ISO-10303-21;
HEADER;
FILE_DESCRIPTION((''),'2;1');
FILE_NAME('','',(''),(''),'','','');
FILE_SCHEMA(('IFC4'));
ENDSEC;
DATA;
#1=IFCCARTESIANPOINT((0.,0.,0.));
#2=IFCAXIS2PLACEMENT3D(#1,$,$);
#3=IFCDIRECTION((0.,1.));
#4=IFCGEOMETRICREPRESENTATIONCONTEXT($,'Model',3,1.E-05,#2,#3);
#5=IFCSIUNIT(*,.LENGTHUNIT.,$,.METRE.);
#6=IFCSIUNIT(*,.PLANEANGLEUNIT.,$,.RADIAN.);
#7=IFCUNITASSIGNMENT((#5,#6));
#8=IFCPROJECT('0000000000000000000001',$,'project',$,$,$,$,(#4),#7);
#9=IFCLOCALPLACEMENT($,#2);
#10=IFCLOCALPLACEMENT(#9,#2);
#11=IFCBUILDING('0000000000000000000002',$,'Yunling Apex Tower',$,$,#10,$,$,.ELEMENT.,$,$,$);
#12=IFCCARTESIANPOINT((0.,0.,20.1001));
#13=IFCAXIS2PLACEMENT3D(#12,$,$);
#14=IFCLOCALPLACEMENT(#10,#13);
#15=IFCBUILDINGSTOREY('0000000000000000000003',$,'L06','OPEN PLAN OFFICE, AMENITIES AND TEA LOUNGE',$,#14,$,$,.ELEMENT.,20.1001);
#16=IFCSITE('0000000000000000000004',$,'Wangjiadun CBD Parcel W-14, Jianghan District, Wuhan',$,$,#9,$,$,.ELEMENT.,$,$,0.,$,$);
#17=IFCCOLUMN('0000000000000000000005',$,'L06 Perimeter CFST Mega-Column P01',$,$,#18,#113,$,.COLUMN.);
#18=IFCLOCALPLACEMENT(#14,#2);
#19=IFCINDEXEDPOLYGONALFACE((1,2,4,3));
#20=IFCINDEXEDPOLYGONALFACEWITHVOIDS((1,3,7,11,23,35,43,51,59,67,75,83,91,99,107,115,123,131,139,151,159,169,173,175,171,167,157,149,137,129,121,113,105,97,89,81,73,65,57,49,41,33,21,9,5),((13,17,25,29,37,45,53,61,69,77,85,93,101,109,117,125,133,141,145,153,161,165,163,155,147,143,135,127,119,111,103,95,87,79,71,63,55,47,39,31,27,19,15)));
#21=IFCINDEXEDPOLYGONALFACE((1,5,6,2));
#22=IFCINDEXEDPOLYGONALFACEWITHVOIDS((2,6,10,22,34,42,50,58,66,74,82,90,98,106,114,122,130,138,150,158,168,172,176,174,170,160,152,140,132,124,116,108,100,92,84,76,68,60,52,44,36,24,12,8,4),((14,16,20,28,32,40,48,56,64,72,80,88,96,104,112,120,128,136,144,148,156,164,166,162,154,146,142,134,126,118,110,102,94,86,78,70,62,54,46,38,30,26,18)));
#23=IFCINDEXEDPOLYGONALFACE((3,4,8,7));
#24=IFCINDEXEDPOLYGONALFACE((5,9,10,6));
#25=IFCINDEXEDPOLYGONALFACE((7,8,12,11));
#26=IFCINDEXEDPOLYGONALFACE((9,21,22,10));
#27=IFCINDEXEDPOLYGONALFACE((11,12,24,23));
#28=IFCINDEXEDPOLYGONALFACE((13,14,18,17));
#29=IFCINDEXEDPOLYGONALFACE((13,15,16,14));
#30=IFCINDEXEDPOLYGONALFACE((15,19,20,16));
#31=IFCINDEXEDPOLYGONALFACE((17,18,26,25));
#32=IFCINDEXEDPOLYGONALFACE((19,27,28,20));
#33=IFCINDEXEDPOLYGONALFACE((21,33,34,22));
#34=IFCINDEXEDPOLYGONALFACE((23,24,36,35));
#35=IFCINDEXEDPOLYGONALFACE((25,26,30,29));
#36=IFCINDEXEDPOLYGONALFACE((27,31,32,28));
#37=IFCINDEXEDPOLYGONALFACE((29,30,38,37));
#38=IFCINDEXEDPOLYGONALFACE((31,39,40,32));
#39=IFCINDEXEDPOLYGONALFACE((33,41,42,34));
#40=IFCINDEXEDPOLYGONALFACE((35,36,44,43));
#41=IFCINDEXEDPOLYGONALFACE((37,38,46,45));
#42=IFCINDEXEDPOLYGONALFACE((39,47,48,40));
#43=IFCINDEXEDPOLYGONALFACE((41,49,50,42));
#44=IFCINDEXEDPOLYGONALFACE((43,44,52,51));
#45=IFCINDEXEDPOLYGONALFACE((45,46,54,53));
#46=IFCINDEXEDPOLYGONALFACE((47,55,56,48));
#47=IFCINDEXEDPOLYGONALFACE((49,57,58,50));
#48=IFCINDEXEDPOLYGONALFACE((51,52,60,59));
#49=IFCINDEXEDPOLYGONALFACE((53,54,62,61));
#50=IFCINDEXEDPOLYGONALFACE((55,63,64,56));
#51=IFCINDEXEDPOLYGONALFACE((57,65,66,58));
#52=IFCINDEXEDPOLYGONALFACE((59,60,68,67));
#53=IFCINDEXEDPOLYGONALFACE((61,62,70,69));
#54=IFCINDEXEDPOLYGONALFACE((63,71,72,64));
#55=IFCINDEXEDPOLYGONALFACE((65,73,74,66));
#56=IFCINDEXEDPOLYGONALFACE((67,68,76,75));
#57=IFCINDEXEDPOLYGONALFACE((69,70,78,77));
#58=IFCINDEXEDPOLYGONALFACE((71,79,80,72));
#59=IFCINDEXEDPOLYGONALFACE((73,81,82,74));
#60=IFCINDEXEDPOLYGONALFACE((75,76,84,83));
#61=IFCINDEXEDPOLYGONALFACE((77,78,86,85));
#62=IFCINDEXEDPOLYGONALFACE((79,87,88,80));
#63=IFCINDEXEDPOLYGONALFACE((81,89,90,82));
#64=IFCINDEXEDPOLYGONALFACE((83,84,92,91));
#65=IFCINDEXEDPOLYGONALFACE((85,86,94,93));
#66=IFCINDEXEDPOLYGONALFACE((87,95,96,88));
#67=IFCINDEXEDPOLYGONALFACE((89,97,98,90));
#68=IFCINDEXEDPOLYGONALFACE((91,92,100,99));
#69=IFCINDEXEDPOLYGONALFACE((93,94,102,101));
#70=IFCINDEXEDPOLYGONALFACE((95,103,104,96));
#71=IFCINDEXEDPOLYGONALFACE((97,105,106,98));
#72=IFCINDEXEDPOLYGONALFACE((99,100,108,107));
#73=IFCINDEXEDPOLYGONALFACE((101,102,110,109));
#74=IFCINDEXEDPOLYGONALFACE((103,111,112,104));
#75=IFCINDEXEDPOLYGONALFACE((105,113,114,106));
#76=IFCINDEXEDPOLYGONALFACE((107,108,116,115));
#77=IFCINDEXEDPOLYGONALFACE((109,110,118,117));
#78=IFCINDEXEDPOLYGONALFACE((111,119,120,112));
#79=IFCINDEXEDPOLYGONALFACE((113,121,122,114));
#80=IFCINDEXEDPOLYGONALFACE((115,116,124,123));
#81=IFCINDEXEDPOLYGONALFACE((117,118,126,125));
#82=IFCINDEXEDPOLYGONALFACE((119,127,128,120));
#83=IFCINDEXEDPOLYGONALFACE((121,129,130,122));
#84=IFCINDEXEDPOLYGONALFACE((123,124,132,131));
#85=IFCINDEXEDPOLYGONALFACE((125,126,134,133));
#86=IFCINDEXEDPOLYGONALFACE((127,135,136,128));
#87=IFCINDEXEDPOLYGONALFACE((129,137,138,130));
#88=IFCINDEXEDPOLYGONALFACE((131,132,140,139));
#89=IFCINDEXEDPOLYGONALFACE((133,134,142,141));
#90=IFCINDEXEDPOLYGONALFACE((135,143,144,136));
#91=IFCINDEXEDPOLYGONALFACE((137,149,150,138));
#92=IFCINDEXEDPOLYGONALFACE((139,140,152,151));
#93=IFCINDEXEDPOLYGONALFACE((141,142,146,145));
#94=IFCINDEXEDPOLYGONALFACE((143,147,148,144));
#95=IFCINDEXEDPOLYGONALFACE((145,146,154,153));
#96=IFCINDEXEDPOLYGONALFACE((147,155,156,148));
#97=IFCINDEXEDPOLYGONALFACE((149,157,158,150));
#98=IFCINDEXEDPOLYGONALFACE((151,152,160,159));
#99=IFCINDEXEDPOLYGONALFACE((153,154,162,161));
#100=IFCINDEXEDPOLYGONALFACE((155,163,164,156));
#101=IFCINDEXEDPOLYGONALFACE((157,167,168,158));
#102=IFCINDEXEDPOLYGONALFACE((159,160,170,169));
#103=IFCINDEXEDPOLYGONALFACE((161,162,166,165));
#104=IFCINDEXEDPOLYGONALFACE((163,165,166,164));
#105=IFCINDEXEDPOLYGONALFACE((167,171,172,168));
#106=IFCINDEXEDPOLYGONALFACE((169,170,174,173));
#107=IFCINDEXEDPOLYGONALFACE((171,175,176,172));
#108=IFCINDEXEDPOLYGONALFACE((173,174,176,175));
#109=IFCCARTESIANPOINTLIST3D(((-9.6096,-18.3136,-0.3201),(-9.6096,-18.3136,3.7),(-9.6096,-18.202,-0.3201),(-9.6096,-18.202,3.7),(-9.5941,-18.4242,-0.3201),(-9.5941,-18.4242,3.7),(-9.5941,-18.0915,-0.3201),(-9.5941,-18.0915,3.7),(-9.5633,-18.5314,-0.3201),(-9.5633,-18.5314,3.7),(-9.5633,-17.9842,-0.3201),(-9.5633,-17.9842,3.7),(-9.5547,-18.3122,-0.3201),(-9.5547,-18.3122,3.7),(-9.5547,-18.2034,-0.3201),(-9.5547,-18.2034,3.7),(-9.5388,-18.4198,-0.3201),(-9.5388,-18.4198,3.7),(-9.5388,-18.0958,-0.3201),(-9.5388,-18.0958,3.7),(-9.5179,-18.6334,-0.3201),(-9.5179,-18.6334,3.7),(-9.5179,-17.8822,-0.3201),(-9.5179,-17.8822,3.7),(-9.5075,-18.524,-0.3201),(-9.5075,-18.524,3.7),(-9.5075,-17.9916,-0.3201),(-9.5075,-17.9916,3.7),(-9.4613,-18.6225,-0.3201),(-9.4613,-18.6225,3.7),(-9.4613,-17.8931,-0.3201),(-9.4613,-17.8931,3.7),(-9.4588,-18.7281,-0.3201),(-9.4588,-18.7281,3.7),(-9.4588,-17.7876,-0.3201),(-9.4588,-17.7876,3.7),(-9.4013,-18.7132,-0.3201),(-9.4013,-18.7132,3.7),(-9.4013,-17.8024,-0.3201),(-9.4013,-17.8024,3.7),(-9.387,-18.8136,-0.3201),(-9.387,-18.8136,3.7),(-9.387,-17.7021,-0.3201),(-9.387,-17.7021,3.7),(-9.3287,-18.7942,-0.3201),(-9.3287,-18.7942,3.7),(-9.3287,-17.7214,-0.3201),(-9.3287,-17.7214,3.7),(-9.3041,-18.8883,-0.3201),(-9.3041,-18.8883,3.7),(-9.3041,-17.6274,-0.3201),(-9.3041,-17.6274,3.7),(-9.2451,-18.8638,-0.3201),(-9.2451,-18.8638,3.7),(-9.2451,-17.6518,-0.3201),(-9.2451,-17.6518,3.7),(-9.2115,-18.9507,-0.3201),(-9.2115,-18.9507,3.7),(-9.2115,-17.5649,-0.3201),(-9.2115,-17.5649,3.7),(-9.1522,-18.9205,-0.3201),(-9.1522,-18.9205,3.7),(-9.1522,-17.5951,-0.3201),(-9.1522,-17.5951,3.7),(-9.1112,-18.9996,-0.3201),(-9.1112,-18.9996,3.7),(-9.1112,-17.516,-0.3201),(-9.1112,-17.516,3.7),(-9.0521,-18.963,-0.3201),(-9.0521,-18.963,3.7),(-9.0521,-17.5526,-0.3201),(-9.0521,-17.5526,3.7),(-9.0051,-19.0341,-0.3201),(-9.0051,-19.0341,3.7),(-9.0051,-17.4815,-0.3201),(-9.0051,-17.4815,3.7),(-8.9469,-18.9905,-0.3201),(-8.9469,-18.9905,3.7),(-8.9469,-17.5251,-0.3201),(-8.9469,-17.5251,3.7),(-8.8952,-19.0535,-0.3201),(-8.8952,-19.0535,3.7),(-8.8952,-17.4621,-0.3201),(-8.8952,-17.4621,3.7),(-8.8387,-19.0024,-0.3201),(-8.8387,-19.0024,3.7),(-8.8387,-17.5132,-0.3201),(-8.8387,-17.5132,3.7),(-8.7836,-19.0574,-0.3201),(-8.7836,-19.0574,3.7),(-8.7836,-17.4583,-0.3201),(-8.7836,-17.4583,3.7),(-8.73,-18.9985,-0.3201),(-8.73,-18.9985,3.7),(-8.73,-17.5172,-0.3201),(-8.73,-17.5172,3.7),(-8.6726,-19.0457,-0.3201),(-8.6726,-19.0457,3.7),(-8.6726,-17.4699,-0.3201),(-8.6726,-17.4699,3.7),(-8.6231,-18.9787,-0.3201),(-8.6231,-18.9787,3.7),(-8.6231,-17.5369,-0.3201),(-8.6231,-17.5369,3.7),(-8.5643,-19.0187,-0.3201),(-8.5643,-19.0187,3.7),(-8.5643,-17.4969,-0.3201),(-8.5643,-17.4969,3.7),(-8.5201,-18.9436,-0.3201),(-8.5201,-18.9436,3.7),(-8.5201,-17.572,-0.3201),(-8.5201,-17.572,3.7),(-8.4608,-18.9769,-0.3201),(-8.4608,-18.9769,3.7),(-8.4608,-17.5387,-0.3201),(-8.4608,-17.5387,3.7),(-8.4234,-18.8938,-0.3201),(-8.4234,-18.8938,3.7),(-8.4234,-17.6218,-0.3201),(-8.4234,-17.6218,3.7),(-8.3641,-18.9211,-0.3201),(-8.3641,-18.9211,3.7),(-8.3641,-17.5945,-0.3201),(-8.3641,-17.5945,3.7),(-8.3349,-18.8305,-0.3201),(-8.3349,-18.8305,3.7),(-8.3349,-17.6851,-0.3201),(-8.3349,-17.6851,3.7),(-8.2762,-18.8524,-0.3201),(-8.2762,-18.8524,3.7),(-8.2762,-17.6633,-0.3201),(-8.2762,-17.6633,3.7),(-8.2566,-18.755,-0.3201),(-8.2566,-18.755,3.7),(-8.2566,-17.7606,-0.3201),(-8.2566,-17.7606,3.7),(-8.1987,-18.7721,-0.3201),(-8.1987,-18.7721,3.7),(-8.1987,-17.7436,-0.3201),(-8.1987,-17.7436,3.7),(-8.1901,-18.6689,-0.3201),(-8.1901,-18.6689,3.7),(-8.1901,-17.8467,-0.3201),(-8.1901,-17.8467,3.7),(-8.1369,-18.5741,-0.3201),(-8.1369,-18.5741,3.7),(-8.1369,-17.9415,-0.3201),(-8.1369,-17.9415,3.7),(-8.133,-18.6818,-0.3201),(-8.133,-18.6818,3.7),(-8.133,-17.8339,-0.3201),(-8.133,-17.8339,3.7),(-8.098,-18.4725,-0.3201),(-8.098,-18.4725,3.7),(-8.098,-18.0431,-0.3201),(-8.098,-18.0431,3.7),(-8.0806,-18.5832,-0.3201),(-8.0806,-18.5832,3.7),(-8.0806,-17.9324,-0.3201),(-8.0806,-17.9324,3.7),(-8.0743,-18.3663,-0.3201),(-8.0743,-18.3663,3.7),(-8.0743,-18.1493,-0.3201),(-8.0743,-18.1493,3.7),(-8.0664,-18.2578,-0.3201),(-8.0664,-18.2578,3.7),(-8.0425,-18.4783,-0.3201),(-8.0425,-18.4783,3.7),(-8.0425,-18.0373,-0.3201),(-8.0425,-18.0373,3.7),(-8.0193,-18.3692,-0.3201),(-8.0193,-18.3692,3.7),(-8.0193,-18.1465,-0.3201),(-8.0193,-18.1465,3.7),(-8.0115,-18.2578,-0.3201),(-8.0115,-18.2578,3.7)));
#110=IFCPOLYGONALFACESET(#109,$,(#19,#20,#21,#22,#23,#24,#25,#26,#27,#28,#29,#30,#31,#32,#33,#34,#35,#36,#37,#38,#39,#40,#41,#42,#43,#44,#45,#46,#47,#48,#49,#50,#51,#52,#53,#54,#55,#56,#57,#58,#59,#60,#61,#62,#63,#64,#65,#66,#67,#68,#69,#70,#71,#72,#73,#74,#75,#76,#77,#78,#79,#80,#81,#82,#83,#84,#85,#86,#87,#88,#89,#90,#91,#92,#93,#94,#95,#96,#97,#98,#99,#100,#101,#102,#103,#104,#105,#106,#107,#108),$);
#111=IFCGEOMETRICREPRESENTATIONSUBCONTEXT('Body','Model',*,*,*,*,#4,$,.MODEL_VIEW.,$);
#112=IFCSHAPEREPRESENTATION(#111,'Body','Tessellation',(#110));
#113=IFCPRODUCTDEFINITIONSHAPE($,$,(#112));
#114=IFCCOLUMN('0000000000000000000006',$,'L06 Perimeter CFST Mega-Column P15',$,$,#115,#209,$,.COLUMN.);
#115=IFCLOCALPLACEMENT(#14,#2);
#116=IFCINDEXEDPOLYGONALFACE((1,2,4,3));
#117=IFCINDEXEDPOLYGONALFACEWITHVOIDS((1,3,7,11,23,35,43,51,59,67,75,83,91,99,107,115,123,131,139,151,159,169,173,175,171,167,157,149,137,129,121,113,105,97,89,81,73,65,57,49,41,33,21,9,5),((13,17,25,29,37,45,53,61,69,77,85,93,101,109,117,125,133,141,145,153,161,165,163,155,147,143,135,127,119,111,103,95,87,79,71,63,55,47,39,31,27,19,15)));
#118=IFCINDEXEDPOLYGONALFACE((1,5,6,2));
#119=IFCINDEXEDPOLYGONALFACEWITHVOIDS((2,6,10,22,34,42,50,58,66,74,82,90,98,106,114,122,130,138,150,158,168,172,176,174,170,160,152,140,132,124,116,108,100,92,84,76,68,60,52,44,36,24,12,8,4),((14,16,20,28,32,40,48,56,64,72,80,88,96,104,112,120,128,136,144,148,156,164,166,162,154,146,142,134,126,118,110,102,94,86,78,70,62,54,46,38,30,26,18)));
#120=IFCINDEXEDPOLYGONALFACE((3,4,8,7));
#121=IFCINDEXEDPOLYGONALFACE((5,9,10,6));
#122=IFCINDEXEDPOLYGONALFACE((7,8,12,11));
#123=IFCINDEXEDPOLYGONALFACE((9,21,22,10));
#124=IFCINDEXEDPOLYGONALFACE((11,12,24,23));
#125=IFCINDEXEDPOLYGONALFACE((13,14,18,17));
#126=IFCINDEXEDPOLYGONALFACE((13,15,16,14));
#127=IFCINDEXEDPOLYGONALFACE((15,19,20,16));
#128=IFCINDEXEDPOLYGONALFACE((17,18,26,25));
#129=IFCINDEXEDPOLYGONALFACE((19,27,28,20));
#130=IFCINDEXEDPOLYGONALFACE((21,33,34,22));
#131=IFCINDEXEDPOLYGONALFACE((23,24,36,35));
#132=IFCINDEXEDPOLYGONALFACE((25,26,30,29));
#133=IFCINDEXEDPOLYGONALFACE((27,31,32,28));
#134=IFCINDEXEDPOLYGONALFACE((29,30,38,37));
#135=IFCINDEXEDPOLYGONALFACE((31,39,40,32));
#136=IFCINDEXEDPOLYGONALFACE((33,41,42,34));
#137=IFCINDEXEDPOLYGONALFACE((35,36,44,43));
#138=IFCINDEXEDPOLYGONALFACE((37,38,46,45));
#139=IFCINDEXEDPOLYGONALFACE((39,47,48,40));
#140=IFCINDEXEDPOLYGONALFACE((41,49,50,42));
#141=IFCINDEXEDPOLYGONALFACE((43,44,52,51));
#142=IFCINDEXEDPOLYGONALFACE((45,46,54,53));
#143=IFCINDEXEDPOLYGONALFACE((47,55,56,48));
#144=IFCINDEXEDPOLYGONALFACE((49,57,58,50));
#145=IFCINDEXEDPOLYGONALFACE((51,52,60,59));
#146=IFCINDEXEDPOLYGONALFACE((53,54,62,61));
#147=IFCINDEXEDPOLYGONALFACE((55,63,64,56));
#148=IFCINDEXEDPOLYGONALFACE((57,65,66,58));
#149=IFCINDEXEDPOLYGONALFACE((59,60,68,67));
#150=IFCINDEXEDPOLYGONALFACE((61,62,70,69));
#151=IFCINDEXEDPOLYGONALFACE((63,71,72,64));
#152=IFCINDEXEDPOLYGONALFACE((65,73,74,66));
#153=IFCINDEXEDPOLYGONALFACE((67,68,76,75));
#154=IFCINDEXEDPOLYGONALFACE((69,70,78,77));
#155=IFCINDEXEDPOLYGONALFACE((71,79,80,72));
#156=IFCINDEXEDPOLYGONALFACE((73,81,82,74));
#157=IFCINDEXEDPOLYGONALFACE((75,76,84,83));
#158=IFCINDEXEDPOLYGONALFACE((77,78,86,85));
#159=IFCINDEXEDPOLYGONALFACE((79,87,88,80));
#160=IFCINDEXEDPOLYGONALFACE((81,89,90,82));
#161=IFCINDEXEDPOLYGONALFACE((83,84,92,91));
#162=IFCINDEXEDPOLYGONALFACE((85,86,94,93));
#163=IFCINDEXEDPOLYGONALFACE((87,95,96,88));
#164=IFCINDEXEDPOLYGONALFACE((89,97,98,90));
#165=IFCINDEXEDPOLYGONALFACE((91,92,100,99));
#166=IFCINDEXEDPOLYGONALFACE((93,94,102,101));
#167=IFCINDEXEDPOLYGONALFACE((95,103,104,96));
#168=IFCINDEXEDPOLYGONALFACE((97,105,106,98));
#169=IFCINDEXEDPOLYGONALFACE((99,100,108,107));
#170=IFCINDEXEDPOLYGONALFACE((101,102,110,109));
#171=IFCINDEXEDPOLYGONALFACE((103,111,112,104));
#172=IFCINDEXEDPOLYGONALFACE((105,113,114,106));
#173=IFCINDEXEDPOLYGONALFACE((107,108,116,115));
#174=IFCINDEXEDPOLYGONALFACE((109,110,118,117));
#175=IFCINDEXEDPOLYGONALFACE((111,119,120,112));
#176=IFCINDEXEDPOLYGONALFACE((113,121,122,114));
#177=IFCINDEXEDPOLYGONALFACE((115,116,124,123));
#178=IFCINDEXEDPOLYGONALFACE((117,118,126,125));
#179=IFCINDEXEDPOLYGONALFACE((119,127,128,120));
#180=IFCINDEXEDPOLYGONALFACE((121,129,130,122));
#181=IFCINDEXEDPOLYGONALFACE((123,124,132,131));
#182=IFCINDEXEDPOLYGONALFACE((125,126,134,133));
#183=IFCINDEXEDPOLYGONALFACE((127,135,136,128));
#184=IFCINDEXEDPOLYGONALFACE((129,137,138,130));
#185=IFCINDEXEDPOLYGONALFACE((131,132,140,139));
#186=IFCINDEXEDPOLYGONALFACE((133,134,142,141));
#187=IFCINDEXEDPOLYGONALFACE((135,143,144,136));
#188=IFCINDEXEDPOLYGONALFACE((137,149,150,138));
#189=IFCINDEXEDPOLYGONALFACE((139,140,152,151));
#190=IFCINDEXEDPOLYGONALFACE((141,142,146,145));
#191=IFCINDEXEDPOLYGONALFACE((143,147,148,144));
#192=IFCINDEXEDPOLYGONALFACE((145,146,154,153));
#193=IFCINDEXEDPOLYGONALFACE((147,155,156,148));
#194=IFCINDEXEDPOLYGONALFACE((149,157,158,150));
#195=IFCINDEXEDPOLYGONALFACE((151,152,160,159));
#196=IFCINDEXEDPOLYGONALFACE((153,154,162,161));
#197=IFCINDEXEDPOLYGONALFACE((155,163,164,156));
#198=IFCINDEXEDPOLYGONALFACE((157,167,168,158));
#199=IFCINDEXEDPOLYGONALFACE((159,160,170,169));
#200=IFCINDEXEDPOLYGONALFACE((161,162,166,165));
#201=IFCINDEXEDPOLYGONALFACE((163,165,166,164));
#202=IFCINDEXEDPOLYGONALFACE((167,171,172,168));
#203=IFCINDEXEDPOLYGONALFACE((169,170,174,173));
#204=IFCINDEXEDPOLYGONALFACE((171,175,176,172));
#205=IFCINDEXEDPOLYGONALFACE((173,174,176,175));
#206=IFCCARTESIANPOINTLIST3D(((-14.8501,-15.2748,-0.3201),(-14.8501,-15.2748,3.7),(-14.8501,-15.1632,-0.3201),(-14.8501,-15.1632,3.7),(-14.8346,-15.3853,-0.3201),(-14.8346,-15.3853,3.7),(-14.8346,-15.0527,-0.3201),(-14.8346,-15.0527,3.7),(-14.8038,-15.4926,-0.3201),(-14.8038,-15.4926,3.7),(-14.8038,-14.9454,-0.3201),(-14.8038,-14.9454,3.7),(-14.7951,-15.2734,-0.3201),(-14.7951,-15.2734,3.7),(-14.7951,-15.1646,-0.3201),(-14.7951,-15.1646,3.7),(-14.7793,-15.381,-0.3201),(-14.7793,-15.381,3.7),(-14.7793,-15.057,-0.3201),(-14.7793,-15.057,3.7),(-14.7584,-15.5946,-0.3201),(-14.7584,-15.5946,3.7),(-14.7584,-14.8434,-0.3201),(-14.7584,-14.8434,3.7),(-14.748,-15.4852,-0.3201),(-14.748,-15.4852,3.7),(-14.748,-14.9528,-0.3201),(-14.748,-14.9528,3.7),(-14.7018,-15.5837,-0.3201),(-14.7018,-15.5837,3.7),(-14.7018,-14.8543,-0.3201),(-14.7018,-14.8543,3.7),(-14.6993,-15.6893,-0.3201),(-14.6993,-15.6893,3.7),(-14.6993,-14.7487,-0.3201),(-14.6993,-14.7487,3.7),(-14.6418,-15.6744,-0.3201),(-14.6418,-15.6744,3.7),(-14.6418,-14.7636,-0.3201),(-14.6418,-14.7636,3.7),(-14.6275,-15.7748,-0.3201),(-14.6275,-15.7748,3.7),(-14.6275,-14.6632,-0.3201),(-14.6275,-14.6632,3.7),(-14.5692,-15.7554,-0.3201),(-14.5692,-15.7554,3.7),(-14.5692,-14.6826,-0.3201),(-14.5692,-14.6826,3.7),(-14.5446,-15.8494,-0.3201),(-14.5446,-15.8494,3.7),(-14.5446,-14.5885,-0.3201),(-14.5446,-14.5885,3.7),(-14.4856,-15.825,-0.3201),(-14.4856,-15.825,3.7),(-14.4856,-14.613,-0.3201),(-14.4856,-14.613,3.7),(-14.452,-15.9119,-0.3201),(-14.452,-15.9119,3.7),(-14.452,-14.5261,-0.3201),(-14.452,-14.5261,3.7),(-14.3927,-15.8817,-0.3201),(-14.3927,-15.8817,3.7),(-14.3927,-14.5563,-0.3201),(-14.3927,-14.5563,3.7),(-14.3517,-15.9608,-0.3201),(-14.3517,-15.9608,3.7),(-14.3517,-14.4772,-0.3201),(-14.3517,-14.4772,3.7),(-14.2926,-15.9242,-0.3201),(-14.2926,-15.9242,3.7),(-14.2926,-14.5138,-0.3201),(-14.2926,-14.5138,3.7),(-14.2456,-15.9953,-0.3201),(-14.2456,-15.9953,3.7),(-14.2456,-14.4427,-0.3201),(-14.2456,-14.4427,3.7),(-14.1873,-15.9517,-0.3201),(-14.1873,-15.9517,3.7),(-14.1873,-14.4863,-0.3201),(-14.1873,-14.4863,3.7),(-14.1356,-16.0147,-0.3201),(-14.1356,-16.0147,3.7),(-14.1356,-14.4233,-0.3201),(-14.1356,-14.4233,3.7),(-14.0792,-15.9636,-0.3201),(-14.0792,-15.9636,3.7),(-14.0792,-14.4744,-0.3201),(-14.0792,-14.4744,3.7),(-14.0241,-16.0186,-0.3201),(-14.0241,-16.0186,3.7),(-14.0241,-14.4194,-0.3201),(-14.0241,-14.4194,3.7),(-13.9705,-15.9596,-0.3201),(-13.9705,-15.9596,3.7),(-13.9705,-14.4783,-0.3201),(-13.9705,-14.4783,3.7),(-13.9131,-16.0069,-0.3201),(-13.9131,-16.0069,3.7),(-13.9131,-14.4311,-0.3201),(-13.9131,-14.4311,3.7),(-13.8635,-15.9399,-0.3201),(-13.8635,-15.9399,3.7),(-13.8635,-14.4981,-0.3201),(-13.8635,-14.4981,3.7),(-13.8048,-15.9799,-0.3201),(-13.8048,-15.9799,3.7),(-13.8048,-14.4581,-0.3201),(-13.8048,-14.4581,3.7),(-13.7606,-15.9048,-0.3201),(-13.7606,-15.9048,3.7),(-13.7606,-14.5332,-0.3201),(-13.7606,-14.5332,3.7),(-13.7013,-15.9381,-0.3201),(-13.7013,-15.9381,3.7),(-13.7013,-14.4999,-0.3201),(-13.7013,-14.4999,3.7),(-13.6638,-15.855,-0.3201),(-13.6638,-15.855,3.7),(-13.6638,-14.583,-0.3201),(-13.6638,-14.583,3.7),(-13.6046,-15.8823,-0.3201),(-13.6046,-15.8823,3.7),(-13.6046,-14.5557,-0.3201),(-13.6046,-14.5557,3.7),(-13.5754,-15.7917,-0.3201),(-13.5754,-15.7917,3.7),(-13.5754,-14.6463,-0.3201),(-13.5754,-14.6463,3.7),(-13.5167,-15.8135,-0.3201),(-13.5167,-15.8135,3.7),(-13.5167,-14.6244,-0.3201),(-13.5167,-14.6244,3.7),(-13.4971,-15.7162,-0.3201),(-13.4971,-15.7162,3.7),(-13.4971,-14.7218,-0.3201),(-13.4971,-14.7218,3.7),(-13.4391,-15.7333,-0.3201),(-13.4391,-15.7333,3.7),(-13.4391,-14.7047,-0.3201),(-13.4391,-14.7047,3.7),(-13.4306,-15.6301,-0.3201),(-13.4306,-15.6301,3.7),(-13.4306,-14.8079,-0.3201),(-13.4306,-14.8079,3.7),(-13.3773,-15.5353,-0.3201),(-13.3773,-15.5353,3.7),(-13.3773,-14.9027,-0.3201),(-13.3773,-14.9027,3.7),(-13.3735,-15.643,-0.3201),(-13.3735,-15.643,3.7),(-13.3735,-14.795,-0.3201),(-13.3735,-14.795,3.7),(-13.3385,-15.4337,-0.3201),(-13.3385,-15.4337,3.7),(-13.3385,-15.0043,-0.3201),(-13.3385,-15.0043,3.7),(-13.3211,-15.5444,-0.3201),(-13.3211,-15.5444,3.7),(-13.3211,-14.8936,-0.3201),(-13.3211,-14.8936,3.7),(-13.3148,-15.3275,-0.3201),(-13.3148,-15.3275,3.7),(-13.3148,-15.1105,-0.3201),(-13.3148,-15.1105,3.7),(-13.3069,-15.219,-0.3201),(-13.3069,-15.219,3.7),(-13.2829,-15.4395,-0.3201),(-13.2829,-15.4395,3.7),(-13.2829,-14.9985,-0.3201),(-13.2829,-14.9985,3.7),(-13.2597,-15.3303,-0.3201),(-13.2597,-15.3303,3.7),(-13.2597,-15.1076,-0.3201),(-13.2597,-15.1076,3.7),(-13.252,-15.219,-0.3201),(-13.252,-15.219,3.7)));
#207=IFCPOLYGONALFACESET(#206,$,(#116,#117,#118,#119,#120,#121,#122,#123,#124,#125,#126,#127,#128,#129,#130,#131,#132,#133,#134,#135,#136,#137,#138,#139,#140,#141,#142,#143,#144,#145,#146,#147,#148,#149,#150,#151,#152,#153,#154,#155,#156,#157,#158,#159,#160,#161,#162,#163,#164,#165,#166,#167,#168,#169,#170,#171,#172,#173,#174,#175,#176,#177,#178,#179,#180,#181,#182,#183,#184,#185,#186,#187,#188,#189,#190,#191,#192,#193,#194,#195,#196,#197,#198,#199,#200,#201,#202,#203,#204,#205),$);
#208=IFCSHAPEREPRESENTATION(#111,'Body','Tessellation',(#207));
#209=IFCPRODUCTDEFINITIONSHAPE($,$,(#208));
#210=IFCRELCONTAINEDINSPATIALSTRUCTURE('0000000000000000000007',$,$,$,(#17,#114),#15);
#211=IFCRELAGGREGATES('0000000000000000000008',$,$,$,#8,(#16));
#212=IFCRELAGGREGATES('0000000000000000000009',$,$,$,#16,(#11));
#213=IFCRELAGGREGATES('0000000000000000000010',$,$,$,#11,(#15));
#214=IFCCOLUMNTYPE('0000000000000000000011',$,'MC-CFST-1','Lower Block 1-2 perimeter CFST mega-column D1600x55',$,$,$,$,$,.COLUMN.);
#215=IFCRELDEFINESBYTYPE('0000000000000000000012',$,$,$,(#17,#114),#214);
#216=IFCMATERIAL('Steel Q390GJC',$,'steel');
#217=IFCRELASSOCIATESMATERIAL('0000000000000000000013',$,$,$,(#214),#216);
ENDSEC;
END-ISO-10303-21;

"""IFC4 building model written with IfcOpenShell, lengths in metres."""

from ifc_helpers import new_model, si_unit, direction, frame, origin, origin_2d, place, context, subcontext, project, spatial, hollow_circle, extrude, source, transform, mapped, material, material_profile, profile_set, type_object, element, save


model = new_model("IFC4")

# Units and contexts
model_context = context("Model", 3, precision=1e-05, world=origin(), true_north=direction((0.0, 1.0)))
body_context = subcontext(model_context, "Body", "Model", "MODEL_VIEW")
ifc_project = project(units=[si_unit("LENGTHUNIT", "METRE"), si_unit("PLANEANGLEUNIT", "RADIAN")], contexts=[model_context])

# Site, building, storey
site_placement = place(None, origin())
site = spatial("IfcSite", under=ifc_project, at=site_placement, Name="Wangjiadun CBD Parcel W-14, Jianghan District, Wuhan", CompositionType="ELEMENT", RefElevation=0.0)
building_placement = place(site_placement, origin())
building = spatial("IfcBuilding", under=site, at=building_placement, Name="Yunling Apex Tower", CompositionType="ELEMENT")
storey_placement = place(building_placement, frame((0.0, 0.0, 20.1001)))
storey = spatial("IfcBuildingStorey", under=building, at=storey_placement, Name="L06", Description="OPEN PLAN OFFICE, AMENITIES AND TEA LOUNGE", CompositionType="ELEMENT", Elevation=20.1001)

# Columns
ifc_material_1 = material(Name="Steel Q390GJC", Category="steel")
ifc_material_profile_1 = material_profile(ifc_material_1, hollow_circle(Radius=0.8, WallThickness=0.0549, at=origin_2d()))
ifc_profile_set_1 = profile_set([ifc_material_profile_1], Name="Steel Q390GJC")
column_type = type_object("IfcColumnType", Name="MC-CFST-1", Description="Lower Block 1-2 perimeter CFST mega-column D1600x55", PredefinedType="COLUMN", material=ifc_profile_set_1)
shared_shape_1 = source(origin(), body_context, "Body", "SweptSolid", [
    extrude(hollow_circle(Radius=0.8, WallThickness=0.0549, at=origin_2d()), origin(), (0.0, 0.0, 1.0), 4.02),
])
for number, where, z_axis, x_axis, name in (
    (1, (-8.8115, -18.2578, -0.3201), (0.0, 0.0, 1.0), (1.0, 0.0, 0.0), "L06 Perimeter CFST Mega-Column P01"),
    (2, (-14.052, -15.219, -0.3201), (0.0, 0.0, 1.0), (1.0, 0.0, 0.0), "L06 Perimeter CFST Mega-Column P15"),
):
    element("IfcColumn", number, at=place(storey_placement, frame(where, z_axis=z_axis, x_axis=x_axis)), inside=storey, type_object=column_type, Name=name, PredefinedType="COLUMN", context=body_context, shape_type="MappedRepresentation", body=[
        mapped(shared_shape_1, transform((0.0, 0.0, 0.0), scale=1.0)),
    ])

save(model, "model.ifc")
